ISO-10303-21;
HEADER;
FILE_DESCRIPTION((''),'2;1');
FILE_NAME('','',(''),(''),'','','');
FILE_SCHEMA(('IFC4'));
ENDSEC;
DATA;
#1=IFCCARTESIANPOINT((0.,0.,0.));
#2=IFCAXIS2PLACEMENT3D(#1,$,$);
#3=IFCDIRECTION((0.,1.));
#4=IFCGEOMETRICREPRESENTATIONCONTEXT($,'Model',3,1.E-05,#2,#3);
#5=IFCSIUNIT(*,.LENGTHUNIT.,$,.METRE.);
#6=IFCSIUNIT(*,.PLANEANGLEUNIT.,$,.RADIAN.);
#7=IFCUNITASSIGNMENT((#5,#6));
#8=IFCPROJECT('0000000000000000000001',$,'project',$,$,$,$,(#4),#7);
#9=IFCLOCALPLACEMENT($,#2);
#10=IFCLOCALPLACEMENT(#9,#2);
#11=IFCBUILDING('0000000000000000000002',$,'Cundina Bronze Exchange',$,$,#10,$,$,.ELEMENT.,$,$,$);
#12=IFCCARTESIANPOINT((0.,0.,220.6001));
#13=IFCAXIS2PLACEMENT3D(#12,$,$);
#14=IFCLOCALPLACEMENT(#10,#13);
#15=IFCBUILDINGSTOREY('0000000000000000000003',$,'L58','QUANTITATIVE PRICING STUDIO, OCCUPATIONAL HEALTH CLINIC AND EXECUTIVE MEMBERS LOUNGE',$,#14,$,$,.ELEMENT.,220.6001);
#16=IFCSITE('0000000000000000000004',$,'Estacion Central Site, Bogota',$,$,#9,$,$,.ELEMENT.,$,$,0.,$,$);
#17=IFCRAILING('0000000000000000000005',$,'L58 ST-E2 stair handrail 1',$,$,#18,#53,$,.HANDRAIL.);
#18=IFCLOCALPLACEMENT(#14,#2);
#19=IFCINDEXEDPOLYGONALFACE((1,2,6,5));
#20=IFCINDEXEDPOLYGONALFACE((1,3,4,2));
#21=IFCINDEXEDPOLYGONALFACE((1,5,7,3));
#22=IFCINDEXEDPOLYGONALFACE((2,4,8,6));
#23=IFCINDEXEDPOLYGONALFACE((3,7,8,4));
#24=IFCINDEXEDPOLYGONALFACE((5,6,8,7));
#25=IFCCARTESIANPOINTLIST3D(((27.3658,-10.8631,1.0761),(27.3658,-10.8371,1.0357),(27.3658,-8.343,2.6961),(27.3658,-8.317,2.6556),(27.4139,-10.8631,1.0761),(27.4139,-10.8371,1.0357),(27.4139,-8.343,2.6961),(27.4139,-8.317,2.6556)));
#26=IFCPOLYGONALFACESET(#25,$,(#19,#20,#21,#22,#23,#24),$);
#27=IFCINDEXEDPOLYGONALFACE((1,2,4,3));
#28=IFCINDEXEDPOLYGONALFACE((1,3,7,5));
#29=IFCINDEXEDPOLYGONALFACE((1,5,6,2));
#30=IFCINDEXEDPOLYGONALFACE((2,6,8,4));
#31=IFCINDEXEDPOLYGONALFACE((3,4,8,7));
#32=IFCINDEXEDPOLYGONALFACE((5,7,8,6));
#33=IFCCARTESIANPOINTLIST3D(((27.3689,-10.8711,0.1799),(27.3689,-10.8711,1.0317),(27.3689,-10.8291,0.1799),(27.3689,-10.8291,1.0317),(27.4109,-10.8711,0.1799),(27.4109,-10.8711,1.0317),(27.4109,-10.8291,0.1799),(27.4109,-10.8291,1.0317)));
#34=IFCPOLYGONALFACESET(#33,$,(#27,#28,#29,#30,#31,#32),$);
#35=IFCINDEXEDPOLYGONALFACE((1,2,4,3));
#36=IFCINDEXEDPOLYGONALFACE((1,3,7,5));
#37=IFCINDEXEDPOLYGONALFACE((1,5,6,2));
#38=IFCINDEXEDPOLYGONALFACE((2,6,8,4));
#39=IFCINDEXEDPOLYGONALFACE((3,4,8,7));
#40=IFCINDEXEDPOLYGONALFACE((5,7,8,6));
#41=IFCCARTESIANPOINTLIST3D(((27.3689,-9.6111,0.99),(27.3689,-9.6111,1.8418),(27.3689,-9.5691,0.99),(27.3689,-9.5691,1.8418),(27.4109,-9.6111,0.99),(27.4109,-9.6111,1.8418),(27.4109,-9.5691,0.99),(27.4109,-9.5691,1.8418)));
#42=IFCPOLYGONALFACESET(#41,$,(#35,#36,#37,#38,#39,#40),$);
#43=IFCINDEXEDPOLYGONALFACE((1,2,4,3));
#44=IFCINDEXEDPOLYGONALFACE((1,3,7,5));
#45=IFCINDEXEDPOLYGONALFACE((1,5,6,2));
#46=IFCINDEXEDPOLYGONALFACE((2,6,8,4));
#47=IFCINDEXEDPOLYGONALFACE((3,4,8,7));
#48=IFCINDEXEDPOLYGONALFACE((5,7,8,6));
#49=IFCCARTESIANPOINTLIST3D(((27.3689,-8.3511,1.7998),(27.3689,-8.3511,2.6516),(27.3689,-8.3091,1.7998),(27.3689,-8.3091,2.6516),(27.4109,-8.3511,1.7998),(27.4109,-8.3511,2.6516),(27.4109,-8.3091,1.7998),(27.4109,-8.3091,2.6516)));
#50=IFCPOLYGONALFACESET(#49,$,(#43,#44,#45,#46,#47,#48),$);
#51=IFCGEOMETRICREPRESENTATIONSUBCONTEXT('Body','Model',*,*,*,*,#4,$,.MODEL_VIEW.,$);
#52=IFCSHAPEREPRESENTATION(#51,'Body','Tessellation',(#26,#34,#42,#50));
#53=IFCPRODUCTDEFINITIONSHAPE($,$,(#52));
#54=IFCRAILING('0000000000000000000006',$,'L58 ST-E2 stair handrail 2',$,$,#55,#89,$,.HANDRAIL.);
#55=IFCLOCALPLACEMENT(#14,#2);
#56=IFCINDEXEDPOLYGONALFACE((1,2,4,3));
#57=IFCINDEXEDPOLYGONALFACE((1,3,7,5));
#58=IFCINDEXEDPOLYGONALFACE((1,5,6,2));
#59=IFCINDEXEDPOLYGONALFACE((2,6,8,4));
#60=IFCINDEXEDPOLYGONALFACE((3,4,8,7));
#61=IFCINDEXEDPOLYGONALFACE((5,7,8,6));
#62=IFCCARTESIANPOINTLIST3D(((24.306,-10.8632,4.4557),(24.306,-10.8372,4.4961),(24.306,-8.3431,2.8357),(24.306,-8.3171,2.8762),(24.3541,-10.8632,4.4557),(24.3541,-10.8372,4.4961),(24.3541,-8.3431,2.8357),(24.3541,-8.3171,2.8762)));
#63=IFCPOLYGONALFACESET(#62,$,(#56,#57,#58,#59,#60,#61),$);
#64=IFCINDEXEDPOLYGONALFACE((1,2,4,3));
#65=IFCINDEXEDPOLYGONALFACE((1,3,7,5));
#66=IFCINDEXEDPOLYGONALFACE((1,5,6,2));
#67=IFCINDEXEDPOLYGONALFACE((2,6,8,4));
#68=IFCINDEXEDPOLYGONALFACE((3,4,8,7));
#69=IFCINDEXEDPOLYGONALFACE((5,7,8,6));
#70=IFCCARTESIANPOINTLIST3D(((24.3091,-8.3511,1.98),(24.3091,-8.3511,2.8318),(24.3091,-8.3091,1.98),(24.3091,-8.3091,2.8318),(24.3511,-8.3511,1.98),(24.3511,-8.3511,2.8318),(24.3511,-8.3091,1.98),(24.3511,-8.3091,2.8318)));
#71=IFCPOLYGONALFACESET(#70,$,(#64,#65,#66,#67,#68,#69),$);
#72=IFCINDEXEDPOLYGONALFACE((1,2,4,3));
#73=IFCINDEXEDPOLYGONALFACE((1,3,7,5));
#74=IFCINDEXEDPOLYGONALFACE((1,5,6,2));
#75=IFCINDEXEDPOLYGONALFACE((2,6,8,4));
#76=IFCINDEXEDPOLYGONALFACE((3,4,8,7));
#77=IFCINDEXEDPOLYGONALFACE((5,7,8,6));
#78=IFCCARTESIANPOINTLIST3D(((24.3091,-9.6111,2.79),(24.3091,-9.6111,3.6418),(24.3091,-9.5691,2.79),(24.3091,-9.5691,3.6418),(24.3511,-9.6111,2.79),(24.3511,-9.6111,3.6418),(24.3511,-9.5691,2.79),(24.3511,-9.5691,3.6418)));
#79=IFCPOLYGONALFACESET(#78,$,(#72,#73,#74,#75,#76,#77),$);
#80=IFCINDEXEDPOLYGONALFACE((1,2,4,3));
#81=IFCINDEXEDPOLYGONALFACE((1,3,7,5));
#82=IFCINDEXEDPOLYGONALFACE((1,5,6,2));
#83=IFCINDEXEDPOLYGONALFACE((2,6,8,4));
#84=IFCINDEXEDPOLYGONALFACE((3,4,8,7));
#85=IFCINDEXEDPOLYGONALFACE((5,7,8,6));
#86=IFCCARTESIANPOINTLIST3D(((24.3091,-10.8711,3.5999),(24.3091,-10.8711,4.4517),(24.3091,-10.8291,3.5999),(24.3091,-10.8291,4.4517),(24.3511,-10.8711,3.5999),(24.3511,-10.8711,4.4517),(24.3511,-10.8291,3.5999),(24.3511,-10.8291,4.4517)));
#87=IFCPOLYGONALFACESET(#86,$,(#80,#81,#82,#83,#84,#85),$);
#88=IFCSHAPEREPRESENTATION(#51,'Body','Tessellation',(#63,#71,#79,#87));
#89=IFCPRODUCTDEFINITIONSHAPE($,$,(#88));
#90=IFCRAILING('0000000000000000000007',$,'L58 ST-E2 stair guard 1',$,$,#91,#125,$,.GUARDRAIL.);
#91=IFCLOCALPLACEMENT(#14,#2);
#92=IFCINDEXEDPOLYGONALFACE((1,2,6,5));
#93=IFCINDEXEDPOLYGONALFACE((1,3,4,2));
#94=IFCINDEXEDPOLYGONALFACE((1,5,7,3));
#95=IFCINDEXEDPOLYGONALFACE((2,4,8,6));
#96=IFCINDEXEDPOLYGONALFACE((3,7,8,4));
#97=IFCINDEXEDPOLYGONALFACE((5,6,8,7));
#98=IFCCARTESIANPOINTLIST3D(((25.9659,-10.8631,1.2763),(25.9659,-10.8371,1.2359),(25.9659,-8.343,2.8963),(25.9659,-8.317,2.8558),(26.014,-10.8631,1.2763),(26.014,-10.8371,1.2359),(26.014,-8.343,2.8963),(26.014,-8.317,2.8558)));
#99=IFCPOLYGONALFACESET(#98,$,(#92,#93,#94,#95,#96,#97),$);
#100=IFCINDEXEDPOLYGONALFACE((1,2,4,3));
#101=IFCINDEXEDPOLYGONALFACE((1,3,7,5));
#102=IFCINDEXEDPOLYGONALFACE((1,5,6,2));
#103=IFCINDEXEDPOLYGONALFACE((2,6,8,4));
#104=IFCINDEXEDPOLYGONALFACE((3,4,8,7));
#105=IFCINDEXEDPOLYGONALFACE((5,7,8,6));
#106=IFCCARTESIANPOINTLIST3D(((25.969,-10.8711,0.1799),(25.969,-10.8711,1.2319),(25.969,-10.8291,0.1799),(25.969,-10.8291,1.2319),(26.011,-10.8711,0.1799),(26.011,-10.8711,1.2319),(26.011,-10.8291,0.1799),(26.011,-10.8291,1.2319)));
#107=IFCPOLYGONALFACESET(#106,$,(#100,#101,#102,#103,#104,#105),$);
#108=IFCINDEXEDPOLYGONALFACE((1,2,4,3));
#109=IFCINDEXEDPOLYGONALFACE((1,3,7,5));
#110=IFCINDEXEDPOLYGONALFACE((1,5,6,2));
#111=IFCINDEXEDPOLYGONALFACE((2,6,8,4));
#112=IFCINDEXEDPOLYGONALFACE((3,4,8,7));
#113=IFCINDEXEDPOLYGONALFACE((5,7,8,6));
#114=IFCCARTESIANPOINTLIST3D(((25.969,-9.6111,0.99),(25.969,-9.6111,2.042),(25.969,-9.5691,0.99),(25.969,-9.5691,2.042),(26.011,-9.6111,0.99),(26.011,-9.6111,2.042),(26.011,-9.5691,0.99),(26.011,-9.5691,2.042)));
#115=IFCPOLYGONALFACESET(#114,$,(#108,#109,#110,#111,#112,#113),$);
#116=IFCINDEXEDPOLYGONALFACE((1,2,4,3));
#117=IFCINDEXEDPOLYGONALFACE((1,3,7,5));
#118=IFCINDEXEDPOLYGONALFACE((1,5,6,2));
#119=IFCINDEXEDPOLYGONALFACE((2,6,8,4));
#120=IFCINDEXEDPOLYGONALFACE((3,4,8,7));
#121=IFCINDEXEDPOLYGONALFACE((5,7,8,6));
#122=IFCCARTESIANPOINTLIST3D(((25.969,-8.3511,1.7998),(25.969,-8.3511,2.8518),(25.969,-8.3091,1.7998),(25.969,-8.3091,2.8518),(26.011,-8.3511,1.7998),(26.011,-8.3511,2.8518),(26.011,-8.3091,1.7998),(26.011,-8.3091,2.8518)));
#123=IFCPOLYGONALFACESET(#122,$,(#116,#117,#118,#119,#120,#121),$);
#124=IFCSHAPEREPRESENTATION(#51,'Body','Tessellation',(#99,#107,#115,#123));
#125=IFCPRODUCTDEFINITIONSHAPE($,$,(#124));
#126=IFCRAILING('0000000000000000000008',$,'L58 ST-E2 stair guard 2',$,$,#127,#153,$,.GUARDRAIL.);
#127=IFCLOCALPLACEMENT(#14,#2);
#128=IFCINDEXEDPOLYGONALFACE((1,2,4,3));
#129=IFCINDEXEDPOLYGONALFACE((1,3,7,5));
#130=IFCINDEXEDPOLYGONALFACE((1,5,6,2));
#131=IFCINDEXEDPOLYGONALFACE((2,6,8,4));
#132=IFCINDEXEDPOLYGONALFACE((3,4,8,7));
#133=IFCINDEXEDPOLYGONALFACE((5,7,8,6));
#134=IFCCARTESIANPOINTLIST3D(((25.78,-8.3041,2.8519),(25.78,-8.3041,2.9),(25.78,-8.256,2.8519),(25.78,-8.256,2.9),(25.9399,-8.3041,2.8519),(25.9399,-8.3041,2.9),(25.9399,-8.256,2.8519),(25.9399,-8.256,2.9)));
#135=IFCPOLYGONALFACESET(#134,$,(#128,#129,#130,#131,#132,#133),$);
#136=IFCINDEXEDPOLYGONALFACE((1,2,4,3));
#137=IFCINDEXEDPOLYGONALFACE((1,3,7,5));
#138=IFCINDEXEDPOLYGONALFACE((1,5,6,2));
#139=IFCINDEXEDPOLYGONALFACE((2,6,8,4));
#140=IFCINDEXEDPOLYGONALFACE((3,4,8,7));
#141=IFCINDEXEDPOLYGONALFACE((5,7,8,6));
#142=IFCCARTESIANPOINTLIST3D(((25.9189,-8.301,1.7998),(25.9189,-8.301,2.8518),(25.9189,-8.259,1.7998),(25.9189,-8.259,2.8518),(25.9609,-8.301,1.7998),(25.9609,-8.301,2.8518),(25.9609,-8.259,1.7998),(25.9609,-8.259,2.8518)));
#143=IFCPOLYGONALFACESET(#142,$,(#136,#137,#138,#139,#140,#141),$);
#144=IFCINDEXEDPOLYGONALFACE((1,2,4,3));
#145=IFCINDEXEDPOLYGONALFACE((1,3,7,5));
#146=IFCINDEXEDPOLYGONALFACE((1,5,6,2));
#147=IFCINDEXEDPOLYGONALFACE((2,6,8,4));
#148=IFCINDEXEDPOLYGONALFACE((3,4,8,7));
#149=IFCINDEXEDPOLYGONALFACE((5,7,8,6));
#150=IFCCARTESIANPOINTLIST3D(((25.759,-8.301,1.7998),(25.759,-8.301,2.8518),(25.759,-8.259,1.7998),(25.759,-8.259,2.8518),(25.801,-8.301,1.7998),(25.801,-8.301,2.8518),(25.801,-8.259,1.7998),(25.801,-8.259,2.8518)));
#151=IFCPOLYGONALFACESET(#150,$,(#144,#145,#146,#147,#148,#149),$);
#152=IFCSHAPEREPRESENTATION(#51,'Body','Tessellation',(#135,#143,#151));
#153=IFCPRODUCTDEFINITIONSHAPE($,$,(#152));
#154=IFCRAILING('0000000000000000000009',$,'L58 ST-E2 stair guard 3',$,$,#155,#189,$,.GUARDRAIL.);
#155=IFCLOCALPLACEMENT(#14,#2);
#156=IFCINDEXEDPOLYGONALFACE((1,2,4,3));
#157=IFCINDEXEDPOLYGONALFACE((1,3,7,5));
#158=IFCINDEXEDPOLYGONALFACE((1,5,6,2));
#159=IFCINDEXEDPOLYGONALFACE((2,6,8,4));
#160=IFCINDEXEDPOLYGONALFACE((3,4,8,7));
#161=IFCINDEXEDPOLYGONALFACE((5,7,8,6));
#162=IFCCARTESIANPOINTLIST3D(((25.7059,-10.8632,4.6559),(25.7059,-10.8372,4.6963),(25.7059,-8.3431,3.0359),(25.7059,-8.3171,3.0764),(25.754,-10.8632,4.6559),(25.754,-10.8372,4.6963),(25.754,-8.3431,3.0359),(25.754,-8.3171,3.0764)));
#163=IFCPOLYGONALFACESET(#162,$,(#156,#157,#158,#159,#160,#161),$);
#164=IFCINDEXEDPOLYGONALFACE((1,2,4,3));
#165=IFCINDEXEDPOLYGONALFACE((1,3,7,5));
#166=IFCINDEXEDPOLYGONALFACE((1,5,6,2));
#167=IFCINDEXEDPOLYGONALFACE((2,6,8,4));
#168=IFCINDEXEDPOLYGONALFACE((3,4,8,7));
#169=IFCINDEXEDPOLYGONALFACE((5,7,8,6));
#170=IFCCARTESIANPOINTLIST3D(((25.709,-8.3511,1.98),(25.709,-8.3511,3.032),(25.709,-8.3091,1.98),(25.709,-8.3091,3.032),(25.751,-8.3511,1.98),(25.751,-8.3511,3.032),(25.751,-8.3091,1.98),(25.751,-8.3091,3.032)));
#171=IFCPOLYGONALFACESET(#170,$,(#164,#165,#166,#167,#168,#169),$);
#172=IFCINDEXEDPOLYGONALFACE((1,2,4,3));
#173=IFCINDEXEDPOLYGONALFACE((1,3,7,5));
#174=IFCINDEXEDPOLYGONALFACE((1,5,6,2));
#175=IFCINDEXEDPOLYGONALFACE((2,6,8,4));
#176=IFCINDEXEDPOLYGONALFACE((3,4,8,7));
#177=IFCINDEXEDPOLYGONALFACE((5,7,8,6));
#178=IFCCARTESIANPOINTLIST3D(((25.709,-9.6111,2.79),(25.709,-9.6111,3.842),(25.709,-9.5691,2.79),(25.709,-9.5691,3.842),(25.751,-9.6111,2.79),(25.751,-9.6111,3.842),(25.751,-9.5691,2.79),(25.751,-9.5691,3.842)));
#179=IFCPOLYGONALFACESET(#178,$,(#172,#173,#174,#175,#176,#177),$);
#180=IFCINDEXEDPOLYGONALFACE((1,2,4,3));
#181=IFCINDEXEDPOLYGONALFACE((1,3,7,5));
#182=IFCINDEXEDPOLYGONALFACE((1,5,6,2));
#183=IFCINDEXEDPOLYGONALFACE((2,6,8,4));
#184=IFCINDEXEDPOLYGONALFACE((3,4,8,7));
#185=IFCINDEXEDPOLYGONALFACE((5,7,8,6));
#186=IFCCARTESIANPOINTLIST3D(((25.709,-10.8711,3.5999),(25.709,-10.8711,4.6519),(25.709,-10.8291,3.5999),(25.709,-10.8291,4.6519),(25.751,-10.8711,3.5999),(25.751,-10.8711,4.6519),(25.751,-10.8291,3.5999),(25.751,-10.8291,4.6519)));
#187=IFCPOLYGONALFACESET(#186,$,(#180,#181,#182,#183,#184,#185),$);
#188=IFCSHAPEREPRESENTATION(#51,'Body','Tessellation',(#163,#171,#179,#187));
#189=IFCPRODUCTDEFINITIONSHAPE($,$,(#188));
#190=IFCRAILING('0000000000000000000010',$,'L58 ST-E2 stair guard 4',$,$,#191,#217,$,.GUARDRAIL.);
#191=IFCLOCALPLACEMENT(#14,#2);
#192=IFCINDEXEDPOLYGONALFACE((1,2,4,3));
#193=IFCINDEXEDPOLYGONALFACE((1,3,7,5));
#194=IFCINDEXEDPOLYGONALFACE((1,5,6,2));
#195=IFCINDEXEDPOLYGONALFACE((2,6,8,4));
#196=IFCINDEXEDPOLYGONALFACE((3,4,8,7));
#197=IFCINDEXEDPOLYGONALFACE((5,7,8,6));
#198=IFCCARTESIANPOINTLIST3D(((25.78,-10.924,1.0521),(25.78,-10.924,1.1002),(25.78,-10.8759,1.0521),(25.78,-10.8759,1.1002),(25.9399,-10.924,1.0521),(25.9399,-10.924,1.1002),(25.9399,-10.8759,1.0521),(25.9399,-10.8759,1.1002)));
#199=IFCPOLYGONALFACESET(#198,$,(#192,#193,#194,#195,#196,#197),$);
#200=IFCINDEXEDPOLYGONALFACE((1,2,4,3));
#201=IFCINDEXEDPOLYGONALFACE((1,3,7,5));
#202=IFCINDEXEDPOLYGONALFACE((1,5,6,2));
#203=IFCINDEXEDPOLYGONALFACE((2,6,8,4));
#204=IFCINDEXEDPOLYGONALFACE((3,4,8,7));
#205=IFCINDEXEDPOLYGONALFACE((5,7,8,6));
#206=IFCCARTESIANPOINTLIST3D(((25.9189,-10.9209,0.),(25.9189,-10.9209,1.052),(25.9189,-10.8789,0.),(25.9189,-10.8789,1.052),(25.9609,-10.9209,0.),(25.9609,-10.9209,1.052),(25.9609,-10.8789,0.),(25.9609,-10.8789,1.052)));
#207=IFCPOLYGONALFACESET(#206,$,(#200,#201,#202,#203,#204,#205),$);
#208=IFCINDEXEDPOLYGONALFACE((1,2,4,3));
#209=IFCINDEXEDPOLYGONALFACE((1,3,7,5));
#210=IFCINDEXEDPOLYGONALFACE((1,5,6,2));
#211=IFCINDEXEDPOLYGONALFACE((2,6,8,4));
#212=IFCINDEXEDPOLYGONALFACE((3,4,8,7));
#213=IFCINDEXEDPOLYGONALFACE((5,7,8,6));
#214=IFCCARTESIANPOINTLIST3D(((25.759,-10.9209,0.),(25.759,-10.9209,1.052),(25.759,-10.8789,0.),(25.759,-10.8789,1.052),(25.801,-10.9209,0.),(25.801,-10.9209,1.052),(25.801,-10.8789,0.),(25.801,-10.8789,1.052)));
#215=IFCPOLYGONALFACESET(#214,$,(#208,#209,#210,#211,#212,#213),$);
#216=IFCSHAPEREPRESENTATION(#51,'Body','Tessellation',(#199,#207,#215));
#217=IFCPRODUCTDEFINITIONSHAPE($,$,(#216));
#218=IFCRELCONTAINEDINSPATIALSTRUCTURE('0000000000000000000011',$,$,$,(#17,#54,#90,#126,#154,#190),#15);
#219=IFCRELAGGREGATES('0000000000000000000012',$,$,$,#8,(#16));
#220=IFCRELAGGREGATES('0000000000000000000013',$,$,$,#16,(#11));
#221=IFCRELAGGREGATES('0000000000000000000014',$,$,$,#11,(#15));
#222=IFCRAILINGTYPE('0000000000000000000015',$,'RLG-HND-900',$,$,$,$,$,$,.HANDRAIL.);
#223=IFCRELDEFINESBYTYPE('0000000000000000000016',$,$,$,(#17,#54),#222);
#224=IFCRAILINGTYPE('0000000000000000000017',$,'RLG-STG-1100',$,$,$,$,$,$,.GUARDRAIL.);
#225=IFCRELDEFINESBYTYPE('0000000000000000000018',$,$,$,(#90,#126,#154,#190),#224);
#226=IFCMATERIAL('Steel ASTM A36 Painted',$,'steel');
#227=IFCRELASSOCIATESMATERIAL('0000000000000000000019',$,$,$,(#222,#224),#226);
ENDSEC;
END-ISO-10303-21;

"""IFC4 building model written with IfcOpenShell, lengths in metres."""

from ifc_helpers import new_model, si_unit, direction, frame, origin, origin_2d, place, context, subcontext, project, spatial, rectangle, extrude, material, type_object, element, save


model = new_model("IFC4")

# Units and contexts
model_context = context("Model", 3, precision=1e-05, world=origin(), true_north=direction((0.0, 1.0)))
body_context = subcontext(model_context, "Body", "Model", "MODEL_VIEW")
ifc_project = project(units=[si_unit("LENGTHUNIT", "METRE"), si_unit("PLANEANGLEUNIT", "RADIAN")], contexts=[model_context])

# Site, building, storey
site_placement = place(None, origin())
site = spatial("IfcSite", under=ifc_project, at=site_placement, Name="Estacion Central Site, Bogota", CompositionType="ELEMENT", RefElevation=0.0)
building_placement = place(site_placement, origin())
building = spatial("IfcBuilding", under=site, at=building_placement, Name="Cundina Bronze Exchange", CompositionType="ELEMENT")
storey_placement = place(building_placement, frame((0.0, 0.0, 220.6001)))
storey = spatial("IfcBuildingStorey", under=building, at=storey_placement, Name="L58", Description="QUANTITATIVE PRICING STUDIO, OCCUPATIONAL HEALTH CLINIC AND EXECUTIVE MEMBERS LOUNGE", CompositionType="ELEMENT", Elevation=220.6001)

# Shared definitions
ifc_material_1 = material(Name="Steel ASTM A36 Painted", Category="steel")

# Railings
railing_type_1 = type_object("IfcRailingType", Name="RLG-HND-900", PredefinedType="HANDRAIL", material=ifc_material_1)
railing_1_placement = place(storey_placement, frame((27.3899, -10.8501, 0.1799)))
element("IfcRailing", 1, at=railing_1_placement, inside=storey, type_object=railing_type_1, Name="L58 ST-E2 stair handrail 1", PredefinedType="HANDRAIL", context=body_context, shape_type="SweptSolid", body=[
    extrude(rectangle(XDim=0.0481, YDim=0.0481, at=origin_2d()), frame((0.0, 0.0, 0.876), z_axis=(0.0, 0.8412, 0.540725), x_axis=(-1.0, 0.0, 0.0)), (0.0, 0.0, 1.0), 2.9958),
    extrude(rectangle(XDim=0.042, YDim=0.042, at=origin_2d()), origin(), (0.0, 0.0, 1.0), 0.8518),
    extrude(rectangle(XDim=0.042, YDim=0.042, at=origin_2d()), frame((0.0, 1.26, 0.8101)), (0.0, 0.0, 1.0), 0.8518),
    extrude(rectangle(XDim=0.042, YDim=0.042, at=origin_2d()), frame((0.0, 2.52, 1.6199)), (0.0, 0.0, 1.0), 0.8518),
])
railing_2_placement = place(storey_placement, frame((24.3301, -8.3301, 1.98)))
element("IfcRailing", 2, at=railing_2_placement, inside=storey, type_object=railing_type_1, Name="L58 ST-E2 stair handrail 2", PredefinedType="HANDRAIL", context=body_context, shape_type="SweptSolid", body=[
    extrude(rectangle(XDim=0.0481, YDim=0.0481, at=origin_2d()), frame((0.0, 0.0, 0.876), z_axis=(0.0, -0.8412, 0.540725), x_axis=(1.0, 0.0, 0.0)), (0.0, 0.0, 1.0), 2.9958),
    extrude(rectangle(XDim=0.042, YDim=0.042, at=origin_2d()), origin(), (0.0, 0.0, 1.0), 0.8518),
    extrude(rectangle(XDim=0.042, YDim=0.042, at=origin_2d()), frame((0.0, -1.26, 0.8101)), (0.0, 0.0, 1.0), 0.8518),
    extrude(rectangle(XDim=0.042, YDim=0.042, at=origin_2d()), frame((0.0, -2.52, 1.6199)), (0.0, 0.0, 1.0), 0.8518),
])
railing_type_2 = type_object("IfcRailingType", Name="RLG-STG-1100", PredefinedType="GUARDRAIL", material=ifc_material_1)
railing_3_placement = place(storey_placement, frame((25.99, -10.8501, 0.1799)))
element("IfcRailing", 3, at=railing_3_placement, inside=storey, type_object=railing_type_2, Name="L58 ST-E2 stair guard 1", PredefinedType="GUARDRAIL", context=body_context, shape_type="SweptSolid", body=[
    extrude(rectangle(XDim=0.0481, YDim=0.0481, at=origin_2d()), frame((0.0, 0.0, 1.0762), z_axis=(0.0, 0.8412, 0.540725), x_axis=(-1.0, 0.0, 0.0)), (0.0, 0.0, 1.0), 2.9958),
    extrude(rectangle(XDim=0.042, YDim=0.042, at=origin_2d()), origin(), (0.0, 0.0, 1.0), 1.052),
    extrude(rectangle(XDim=0.042, YDim=0.042, at=origin_2d()), frame((0.0, 1.26, 0.8101)), (0.0, 0.0, 1.0), 1.052),
    extrude(rectangle(XDim=0.042, YDim=0.042, at=origin_2d()), frame((0.0, 2.52, 1.6199)), (0.0, 0.0, 1.0), 1.052),
])
railing_4_placement = place(storey_placement, frame((25.9399, -8.28, 1.7998)))
element("IfcRailing", 4, at=railing_4_placement, inside=storey, type_object=railing_type_2, Name="L58 ST-E2 stair guard 2", PredefinedType="GUARDRAIL", context=body_context, shape_type="SweptSolid", body=[
    extrude(rectangle(XDim=0.0481, YDim=0.0481, at=origin_2d()), frame((0.0, 0.0, 1.0762), z_axis=(-1.0, 0.0, 0.0), x_axis=(0.0, -1.0, 0.0)), (0.0, 0.0, 1.0), 0.1599),
    extrude(rectangle(XDim=0.042, YDim=0.042, at=origin_2d()), origin(), (0.0, 0.0, 1.0), 1.052),
    extrude(rectangle(XDim=0.042, YDim=0.042, at=origin_2d()), frame((-0.1599, 0.0, 0.0)), (0.0, 0.0, 1.0), 1.052),
])
railing_5_placement = place(storey_placement, frame((25.73, -8.3301, 1.98)))
element("IfcRailing", 5, at=railing_5_placement, inside=storey, type_object=railing_type_2, Name="L58 ST-E2 stair guard 3", PredefinedType="GUARDRAIL", context=body_context, shape_type="SweptSolid", body=[
    extrude(rectangle(XDim=0.0481, YDim=0.0481, at=origin_2d()), frame((0.0, 0.0, 1.0762), z_axis=(0.0, -0.8412, 0.540725), x_axis=(1.0, 0.0, 0.0)), (0.0, 0.0, 1.0), 2.9958),
    extrude(rectangle(XDim=0.042, YDim=0.042, at=origin_2d()), origin(), (0.0, 0.0, 1.0), 1.052),
    extrude(rectangle(XDim=0.042, YDim=0.042, at=origin_2d()), frame((0.0, -1.26, 0.8101)), (0.0, 0.0, 1.0), 1.052),
    extrude(rectangle(XDim=0.042, YDim=0.042, at=origin_2d()), frame((0.0, -2.52, 1.6199)), (0.0, 0.0, 1.0), 1.052),
])
railing_6_placement = place(storey_placement, frame((25.9399, -10.8999, 0.0)))
element("IfcRailing", 6, at=railing_6_placement, inside=storey, type_object=railing_type_2, Name="L58 ST-E2 stair guard 4", PredefinedType="GUARDRAIL", context=body_context, shape_type="SweptSolid", body=[
    extrude(rectangle(XDim=0.0481, YDim=0.0481, at=origin_2d()), frame((0.0, 0.0, 1.0762), z_axis=(-1.0, 0.0, 0.0), x_axis=(0.0, -1.0, 0.0)), (0.0, 0.0, 1.0), 0.1599),
    extrude(rectangle(XDim=0.042, YDim=0.042, at=origin_2d()), origin(), (0.0, 0.0, 1.0), 1.052),
    extrude(rectangle(XDim=0.042, YDim=0.042, at=origin_2d()), frame((-0.1599, 0.0, 0.0)), (0.0, 0.0, 1.0), 1.052),
])

save(model, "model.ifc")
